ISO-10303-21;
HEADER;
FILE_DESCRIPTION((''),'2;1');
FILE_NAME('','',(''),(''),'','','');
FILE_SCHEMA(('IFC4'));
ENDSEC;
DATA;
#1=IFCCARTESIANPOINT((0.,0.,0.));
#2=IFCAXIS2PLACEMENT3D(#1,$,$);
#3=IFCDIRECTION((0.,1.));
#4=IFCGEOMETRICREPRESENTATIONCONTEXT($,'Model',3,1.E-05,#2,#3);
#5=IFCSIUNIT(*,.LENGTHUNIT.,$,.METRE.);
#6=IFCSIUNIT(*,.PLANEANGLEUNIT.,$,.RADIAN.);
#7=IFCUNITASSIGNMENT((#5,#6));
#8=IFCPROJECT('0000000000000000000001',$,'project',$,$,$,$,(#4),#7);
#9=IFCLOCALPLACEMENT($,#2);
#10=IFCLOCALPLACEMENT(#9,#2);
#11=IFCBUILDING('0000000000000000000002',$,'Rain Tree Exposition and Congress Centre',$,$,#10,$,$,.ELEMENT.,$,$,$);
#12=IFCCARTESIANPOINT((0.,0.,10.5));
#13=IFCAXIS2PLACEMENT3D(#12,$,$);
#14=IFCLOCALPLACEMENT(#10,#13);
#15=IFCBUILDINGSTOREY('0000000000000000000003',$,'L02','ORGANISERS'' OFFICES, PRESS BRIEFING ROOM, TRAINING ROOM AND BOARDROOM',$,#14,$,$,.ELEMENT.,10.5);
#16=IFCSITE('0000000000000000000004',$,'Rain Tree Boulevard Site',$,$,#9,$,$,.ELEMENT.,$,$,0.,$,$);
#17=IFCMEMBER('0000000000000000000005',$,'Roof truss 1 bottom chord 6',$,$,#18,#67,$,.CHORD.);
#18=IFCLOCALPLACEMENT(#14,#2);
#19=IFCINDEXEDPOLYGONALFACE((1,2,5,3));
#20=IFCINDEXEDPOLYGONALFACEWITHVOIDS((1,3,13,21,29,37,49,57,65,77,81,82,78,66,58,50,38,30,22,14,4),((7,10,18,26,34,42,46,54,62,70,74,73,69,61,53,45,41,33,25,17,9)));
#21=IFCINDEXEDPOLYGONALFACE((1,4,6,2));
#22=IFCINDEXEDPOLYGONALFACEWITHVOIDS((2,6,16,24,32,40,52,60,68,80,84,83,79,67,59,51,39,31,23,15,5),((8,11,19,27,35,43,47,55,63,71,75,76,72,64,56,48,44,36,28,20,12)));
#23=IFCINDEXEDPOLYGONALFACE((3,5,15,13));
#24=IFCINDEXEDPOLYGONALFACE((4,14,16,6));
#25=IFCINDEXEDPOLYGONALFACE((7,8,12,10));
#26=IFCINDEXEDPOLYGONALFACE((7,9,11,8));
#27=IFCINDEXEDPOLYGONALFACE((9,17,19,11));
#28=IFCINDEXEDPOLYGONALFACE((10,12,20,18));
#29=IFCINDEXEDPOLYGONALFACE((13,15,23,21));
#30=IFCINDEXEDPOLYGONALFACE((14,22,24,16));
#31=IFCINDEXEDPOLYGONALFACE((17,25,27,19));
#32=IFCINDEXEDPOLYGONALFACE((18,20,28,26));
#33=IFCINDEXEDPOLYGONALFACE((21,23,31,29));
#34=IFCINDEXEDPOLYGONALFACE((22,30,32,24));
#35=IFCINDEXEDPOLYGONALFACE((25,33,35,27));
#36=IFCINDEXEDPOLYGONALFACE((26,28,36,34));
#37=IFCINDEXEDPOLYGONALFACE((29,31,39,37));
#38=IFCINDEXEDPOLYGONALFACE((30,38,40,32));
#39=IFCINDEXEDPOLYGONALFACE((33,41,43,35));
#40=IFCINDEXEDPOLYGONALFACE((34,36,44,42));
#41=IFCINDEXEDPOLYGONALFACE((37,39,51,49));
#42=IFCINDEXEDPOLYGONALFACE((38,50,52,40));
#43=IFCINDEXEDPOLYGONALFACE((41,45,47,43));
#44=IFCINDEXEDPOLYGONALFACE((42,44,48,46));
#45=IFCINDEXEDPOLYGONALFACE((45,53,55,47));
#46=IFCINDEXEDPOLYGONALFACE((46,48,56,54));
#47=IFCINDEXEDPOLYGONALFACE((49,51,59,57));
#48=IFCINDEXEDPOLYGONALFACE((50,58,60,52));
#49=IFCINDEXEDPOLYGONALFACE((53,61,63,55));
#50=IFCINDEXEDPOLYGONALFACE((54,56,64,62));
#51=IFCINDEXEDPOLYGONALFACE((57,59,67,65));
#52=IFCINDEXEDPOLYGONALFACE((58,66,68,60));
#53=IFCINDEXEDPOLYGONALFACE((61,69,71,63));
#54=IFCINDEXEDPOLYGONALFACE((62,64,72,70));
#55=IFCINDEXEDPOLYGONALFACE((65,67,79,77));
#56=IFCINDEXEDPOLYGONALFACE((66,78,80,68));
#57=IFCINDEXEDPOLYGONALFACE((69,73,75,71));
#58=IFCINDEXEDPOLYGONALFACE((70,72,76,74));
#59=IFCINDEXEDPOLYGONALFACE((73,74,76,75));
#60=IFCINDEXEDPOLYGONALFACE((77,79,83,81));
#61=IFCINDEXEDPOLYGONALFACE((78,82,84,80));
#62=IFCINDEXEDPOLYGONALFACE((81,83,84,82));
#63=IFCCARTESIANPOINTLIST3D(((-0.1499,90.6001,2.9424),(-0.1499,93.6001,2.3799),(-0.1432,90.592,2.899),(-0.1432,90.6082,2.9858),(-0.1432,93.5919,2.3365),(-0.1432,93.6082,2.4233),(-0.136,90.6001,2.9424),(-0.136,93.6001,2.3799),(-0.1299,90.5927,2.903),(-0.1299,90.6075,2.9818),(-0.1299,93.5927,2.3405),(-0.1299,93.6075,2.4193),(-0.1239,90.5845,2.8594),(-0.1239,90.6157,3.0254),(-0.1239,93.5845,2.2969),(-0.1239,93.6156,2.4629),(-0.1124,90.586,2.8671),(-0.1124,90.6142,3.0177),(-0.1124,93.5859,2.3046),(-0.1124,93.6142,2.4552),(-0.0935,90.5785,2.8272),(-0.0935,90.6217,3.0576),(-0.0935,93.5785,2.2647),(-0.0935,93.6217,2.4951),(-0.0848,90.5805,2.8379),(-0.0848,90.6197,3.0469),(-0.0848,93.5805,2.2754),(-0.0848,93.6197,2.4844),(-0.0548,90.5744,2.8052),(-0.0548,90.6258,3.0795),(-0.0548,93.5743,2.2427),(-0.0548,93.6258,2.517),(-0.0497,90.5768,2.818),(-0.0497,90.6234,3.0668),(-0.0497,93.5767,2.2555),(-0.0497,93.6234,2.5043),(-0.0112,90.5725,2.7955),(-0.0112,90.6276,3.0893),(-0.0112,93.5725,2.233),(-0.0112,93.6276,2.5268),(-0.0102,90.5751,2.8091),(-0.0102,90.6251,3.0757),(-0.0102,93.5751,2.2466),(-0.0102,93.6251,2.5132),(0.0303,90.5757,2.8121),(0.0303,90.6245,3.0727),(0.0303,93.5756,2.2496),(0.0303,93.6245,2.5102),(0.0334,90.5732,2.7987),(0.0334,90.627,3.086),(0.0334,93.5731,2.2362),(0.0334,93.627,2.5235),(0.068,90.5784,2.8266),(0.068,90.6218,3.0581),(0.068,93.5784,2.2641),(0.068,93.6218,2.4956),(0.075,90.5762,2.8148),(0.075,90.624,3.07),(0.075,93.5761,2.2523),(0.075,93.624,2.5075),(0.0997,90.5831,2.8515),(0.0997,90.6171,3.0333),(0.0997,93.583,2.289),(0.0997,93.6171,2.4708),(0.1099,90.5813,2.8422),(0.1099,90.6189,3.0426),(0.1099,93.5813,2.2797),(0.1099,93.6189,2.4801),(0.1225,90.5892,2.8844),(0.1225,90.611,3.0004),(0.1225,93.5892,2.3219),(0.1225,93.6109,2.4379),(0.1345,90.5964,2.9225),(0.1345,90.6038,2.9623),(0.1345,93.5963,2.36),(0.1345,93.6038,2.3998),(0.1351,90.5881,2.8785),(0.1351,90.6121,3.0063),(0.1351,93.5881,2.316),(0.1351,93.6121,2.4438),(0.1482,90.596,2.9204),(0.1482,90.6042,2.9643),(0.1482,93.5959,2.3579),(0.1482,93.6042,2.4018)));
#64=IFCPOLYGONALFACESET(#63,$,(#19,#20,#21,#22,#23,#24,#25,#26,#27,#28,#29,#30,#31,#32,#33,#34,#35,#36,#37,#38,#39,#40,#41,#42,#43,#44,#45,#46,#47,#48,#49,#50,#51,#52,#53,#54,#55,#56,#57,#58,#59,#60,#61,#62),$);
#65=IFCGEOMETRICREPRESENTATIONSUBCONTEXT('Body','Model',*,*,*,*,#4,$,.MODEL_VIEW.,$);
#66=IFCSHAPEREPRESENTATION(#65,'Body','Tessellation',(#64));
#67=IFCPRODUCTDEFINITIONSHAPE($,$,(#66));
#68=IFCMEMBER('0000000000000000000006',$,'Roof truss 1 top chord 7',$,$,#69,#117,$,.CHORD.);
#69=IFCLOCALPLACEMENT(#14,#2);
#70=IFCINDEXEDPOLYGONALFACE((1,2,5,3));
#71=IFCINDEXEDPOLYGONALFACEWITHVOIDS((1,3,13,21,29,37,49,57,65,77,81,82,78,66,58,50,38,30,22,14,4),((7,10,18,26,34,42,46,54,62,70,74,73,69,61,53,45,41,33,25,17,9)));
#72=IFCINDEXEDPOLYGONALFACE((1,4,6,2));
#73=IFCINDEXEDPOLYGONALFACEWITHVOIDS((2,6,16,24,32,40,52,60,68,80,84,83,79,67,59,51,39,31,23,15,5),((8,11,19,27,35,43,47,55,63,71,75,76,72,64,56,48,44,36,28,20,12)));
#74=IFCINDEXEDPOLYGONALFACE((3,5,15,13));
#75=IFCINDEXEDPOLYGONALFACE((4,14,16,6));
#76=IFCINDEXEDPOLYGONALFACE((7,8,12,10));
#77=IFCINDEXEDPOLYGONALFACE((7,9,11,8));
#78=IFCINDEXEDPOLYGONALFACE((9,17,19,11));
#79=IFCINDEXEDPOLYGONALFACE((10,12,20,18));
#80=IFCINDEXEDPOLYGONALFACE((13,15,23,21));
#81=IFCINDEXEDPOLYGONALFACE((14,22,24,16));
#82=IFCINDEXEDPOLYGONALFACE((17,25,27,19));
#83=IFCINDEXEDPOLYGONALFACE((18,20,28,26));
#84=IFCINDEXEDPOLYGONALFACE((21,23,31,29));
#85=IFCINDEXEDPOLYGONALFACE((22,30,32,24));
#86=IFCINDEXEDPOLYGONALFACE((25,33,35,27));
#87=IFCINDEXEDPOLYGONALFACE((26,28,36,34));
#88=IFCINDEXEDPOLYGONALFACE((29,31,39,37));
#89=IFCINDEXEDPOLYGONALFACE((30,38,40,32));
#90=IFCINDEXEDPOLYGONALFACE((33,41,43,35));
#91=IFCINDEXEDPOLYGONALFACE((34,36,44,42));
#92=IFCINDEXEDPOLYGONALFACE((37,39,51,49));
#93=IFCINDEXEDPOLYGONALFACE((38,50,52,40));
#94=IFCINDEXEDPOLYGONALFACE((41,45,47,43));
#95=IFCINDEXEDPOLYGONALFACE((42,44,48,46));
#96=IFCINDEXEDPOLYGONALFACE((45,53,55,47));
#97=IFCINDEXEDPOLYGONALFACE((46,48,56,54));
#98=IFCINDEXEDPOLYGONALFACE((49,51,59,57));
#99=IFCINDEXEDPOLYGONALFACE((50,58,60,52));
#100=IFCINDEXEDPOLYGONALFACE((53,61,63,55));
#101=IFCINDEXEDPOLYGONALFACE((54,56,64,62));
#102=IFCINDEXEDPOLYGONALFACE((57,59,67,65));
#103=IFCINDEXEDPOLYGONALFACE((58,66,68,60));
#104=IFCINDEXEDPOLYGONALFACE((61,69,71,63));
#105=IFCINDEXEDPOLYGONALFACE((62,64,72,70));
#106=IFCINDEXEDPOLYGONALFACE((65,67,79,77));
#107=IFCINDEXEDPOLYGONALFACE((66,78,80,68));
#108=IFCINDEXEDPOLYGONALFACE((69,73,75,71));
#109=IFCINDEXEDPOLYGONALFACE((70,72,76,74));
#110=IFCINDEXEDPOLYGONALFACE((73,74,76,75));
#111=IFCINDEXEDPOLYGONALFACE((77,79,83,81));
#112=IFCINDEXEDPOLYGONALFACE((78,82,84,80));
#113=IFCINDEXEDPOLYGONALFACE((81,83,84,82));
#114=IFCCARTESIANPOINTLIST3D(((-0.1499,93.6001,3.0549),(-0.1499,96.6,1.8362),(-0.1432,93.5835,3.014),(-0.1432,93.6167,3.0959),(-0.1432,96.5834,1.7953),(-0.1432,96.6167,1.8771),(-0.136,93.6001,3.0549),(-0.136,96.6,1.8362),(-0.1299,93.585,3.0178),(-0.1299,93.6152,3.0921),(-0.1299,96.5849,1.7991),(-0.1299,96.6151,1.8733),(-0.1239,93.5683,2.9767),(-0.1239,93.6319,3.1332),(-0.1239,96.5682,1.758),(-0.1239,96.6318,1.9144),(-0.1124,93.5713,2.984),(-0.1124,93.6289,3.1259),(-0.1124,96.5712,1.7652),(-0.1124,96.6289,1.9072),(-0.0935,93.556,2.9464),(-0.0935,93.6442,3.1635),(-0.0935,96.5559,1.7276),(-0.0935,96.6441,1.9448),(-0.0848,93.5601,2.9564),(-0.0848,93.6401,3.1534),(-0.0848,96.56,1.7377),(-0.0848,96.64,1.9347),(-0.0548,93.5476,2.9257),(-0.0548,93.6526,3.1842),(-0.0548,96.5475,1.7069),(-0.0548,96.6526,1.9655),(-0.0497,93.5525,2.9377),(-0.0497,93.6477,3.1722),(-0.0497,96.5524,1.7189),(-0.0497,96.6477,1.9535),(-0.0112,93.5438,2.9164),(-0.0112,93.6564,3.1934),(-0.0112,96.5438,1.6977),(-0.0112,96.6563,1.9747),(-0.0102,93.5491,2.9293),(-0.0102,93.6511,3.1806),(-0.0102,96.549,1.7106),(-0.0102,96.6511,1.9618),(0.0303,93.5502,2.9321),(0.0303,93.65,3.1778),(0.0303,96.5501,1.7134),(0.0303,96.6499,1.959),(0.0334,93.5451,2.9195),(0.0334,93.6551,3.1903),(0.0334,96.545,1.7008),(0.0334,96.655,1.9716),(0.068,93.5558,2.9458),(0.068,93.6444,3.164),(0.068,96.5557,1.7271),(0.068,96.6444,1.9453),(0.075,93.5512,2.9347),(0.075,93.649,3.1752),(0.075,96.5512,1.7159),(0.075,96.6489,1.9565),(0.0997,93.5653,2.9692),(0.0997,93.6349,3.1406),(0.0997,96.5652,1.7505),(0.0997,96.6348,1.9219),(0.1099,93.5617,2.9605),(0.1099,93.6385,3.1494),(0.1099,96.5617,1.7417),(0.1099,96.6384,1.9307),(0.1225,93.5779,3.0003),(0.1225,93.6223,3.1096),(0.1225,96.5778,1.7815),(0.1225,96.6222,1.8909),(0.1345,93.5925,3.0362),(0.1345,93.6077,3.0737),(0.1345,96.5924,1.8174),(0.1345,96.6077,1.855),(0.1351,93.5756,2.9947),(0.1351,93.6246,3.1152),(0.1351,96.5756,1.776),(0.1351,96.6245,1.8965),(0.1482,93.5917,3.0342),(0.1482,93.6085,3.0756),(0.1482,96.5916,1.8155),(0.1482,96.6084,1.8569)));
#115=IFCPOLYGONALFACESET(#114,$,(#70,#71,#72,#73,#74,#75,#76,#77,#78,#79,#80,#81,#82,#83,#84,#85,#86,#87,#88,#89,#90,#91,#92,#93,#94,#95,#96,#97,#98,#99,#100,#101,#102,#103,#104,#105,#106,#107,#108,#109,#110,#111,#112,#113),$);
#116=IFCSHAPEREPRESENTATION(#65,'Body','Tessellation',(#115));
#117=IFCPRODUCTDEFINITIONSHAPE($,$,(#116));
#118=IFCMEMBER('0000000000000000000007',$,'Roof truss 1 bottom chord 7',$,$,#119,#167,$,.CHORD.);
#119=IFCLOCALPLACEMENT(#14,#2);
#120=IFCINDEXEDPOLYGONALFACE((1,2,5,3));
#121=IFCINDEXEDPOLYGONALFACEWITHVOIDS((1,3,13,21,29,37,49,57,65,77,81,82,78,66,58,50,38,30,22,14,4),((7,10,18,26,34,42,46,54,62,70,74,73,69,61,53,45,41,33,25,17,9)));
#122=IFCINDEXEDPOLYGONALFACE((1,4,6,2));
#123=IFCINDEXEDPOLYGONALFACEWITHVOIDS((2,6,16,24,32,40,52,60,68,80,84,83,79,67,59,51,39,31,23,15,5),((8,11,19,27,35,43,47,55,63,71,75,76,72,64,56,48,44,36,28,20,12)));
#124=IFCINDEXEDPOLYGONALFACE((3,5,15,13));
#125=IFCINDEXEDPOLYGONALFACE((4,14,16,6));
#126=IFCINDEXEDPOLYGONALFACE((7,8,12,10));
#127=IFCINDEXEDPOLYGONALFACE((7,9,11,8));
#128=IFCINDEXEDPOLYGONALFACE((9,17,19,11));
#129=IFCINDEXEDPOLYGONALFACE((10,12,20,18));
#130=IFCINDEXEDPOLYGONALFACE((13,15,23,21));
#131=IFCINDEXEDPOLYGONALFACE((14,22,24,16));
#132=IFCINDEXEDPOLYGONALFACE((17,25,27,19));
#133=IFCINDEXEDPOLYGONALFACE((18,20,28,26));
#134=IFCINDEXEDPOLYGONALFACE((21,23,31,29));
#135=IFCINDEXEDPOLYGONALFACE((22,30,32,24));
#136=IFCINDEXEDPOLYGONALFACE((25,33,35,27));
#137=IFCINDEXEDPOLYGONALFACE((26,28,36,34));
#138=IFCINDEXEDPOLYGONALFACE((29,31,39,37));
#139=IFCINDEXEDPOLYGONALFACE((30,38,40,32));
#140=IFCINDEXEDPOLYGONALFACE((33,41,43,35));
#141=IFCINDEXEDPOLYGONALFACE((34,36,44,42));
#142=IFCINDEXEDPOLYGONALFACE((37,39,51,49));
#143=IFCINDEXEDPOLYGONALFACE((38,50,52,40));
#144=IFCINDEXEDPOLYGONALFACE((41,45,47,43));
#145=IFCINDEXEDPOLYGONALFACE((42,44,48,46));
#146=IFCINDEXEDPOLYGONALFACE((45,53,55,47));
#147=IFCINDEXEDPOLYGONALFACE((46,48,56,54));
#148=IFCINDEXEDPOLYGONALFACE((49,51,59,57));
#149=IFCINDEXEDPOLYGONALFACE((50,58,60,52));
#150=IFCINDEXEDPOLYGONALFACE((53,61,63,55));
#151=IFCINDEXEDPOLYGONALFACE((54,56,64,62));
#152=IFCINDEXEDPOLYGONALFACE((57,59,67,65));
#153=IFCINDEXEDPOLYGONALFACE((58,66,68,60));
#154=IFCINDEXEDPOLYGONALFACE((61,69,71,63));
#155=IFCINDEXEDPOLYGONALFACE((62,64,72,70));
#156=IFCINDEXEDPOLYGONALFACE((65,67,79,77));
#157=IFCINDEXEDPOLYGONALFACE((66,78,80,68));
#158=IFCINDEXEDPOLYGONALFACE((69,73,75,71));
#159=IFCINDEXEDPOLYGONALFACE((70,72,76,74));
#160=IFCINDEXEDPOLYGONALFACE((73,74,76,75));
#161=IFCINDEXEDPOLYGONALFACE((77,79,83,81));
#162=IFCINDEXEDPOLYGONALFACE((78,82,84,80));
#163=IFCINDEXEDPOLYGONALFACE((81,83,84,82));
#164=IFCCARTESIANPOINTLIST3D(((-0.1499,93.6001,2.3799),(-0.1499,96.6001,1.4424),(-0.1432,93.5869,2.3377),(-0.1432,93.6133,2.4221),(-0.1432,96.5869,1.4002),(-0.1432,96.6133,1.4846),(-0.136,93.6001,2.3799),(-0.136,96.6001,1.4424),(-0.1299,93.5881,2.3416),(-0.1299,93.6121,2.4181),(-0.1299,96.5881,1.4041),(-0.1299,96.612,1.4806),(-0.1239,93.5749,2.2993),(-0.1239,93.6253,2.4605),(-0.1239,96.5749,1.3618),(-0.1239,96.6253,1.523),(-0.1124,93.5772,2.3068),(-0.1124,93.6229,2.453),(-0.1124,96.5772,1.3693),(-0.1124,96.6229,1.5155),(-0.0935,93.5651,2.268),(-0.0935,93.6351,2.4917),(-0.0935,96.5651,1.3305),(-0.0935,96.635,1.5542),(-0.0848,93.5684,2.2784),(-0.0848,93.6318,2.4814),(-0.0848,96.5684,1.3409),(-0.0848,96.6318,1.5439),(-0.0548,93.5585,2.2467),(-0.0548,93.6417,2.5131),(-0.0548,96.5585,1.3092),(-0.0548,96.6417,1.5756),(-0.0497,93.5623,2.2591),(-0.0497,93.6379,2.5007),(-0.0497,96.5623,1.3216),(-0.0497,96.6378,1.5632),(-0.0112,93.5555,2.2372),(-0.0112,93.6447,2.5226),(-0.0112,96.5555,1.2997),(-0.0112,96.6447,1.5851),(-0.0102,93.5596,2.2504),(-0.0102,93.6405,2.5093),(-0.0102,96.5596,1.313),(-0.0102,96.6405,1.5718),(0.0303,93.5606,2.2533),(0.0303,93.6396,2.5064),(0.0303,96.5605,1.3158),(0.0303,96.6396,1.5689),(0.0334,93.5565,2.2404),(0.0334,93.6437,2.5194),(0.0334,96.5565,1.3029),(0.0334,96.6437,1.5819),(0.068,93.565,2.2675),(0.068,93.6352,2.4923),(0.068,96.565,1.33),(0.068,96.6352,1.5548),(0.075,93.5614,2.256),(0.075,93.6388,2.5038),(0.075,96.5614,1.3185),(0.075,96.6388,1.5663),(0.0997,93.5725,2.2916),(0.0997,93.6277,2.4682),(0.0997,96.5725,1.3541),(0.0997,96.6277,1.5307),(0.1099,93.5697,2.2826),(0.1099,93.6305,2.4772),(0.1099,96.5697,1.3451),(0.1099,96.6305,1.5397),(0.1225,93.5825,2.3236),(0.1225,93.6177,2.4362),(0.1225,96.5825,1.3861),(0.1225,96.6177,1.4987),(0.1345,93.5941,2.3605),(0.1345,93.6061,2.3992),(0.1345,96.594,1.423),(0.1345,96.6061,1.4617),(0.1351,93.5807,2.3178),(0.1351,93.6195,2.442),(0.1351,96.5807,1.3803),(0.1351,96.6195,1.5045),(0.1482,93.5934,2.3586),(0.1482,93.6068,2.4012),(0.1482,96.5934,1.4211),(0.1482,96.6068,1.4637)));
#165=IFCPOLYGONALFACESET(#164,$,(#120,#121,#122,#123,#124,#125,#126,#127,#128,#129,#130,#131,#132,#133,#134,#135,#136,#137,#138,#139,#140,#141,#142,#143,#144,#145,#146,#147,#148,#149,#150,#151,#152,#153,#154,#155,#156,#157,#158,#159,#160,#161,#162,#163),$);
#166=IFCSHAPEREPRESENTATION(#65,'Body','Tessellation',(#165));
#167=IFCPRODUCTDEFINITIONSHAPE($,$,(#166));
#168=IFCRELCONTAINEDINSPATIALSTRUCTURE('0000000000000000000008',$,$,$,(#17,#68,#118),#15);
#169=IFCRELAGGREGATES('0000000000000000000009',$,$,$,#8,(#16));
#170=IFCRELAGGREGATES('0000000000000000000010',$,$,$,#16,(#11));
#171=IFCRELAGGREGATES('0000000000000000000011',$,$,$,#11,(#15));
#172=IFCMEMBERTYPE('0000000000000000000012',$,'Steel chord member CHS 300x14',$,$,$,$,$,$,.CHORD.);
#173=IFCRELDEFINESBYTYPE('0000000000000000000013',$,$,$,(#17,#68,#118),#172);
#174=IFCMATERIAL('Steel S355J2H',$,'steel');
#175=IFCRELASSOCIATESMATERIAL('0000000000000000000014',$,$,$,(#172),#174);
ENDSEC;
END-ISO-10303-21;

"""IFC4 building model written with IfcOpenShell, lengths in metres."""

from ifc_helpers import new_model, si_unit, direction, frame, origin, origin_2d, place, context, subcontext, project, spatial, hollow_circle, extrude, material, material_profile, profile_set, type_object, element, save


model = new_model("IFC4")

# Units and contexts
model_context = context("Model", 3, precision=1e-05, world=origin(), true_north=direction((0.0, 1.0)))
body_context = subcontext(model_context, "Body", "Model", "MODEL_VIEW")
ifc_project = project(units=[si_unit("LENGTHUNIT", "METRE"), si_unit("PLANEANGLEUNIT", "RADIAN")], contexts=[model_context])

# Site, building, storey
site_placement = place(None, origin())
site = spatial("IfcSite", under=ifc_project, at=site_placement, Name="Rain Tree Boulevard Site", CompositionType="ELEMENT", RefElevation=0.0)
building_placement = place(site_placement, origin())
building = spatial("IfcBuilding", under=site, at=building_placement, Name="Rain Tree Exposition and Congress Centre", CompositionType="ELEMENT")
storey_placement = place(building_placement, frame((0.0, 0.0, 10.5)))
storey = spatial("IfcBuildingStorey", under=building, at=storey_placement, Name="L02", Description="ORGANISERS' OFFICES, PRESS BRIEFING ROOM, TRAINING ROOM AND BOARDROOM", CompositionType="ELEMENT", Elevation=10.5)

# Members
ifc_material_1 = material(Name="Steel S355J2H", Category="steel")
ifc_material_profile_1 = material_profile(ifc_material_1, hollow_circle(Radius=0.1499, WallThickness=0.0139, at=origin_2d()), Name="CHS 300x14")
ifc_profile_set_1 = profile_set([ifc_material_profile_1], Name="Steel S355J2H")
member_type_1 = type_object("IfcMemberType", Name="Steel chord member CHS 300x14", PredefinedType="CHORD", material=ifc_profile_set_1)
member_1_placement = place(storey_placement, frame((0.0, 90.6001, 2.9424), z_axis=(0.0, 0.982872, -0.184289), x_axis=(-1.0, 0.0, 0.0)))
element("IfcMember", 1, at=member_1_placement, inside=storey, type_object=member_type_1, Name="Roof truss 1 bottom chord 6", PredefinedType="CHORD", context=body_context, shape_type="SweptSolid", body=[
    extrude(hollow_circle(Radius=0.1499, WallThickness=0.0139, at=origin_2d()), origin(), (0.0, 0.0, 1.0), 3.0522),
])
member_2_placement = place(storey_placement, frame((0.0, 93.6001, 3.0549), z_axis=(0.0, 0.926467, -0.376377), x_axis=(-1.0, 0.0, 0.0)))
element("IfcMember", 2, at=member_2_placement, inside=storey, type_object=member_type_1, Name="Roof truss 1 top chord 7", PredefinedType="CHORD", context=body_context, shape_type="SweptSolid", body=[
    extrude(hollow_circle(Radius=0.1499, WallThickness=0.0139, at=origin_2d()), origin(), (0.0, 0.0, 1.0), 3.238),
])
member_3_placement = place(storey_placement, frame((0.0, 93.6001, 2.3799), z_axis=(0.0, 0.95448, -0.298275), x_axis=(-1.0, 0.0, 0.0)))
element("IfcMember", 3, at=member_3_placement, inside=storey, type_object=member_type_1, Name="Roof truss 1 bottom chord 7", PredefinedType="CHORD", context=body_context, shape_type="SweptSolid", body=[
    extrude(hollow_circle(Radius=0.1499, WallThickness=0.0139, at=origin_2d()), origin(), (0.0, 0.0, 1.0), 3.1431),
])

save(model, "model.ifc")
